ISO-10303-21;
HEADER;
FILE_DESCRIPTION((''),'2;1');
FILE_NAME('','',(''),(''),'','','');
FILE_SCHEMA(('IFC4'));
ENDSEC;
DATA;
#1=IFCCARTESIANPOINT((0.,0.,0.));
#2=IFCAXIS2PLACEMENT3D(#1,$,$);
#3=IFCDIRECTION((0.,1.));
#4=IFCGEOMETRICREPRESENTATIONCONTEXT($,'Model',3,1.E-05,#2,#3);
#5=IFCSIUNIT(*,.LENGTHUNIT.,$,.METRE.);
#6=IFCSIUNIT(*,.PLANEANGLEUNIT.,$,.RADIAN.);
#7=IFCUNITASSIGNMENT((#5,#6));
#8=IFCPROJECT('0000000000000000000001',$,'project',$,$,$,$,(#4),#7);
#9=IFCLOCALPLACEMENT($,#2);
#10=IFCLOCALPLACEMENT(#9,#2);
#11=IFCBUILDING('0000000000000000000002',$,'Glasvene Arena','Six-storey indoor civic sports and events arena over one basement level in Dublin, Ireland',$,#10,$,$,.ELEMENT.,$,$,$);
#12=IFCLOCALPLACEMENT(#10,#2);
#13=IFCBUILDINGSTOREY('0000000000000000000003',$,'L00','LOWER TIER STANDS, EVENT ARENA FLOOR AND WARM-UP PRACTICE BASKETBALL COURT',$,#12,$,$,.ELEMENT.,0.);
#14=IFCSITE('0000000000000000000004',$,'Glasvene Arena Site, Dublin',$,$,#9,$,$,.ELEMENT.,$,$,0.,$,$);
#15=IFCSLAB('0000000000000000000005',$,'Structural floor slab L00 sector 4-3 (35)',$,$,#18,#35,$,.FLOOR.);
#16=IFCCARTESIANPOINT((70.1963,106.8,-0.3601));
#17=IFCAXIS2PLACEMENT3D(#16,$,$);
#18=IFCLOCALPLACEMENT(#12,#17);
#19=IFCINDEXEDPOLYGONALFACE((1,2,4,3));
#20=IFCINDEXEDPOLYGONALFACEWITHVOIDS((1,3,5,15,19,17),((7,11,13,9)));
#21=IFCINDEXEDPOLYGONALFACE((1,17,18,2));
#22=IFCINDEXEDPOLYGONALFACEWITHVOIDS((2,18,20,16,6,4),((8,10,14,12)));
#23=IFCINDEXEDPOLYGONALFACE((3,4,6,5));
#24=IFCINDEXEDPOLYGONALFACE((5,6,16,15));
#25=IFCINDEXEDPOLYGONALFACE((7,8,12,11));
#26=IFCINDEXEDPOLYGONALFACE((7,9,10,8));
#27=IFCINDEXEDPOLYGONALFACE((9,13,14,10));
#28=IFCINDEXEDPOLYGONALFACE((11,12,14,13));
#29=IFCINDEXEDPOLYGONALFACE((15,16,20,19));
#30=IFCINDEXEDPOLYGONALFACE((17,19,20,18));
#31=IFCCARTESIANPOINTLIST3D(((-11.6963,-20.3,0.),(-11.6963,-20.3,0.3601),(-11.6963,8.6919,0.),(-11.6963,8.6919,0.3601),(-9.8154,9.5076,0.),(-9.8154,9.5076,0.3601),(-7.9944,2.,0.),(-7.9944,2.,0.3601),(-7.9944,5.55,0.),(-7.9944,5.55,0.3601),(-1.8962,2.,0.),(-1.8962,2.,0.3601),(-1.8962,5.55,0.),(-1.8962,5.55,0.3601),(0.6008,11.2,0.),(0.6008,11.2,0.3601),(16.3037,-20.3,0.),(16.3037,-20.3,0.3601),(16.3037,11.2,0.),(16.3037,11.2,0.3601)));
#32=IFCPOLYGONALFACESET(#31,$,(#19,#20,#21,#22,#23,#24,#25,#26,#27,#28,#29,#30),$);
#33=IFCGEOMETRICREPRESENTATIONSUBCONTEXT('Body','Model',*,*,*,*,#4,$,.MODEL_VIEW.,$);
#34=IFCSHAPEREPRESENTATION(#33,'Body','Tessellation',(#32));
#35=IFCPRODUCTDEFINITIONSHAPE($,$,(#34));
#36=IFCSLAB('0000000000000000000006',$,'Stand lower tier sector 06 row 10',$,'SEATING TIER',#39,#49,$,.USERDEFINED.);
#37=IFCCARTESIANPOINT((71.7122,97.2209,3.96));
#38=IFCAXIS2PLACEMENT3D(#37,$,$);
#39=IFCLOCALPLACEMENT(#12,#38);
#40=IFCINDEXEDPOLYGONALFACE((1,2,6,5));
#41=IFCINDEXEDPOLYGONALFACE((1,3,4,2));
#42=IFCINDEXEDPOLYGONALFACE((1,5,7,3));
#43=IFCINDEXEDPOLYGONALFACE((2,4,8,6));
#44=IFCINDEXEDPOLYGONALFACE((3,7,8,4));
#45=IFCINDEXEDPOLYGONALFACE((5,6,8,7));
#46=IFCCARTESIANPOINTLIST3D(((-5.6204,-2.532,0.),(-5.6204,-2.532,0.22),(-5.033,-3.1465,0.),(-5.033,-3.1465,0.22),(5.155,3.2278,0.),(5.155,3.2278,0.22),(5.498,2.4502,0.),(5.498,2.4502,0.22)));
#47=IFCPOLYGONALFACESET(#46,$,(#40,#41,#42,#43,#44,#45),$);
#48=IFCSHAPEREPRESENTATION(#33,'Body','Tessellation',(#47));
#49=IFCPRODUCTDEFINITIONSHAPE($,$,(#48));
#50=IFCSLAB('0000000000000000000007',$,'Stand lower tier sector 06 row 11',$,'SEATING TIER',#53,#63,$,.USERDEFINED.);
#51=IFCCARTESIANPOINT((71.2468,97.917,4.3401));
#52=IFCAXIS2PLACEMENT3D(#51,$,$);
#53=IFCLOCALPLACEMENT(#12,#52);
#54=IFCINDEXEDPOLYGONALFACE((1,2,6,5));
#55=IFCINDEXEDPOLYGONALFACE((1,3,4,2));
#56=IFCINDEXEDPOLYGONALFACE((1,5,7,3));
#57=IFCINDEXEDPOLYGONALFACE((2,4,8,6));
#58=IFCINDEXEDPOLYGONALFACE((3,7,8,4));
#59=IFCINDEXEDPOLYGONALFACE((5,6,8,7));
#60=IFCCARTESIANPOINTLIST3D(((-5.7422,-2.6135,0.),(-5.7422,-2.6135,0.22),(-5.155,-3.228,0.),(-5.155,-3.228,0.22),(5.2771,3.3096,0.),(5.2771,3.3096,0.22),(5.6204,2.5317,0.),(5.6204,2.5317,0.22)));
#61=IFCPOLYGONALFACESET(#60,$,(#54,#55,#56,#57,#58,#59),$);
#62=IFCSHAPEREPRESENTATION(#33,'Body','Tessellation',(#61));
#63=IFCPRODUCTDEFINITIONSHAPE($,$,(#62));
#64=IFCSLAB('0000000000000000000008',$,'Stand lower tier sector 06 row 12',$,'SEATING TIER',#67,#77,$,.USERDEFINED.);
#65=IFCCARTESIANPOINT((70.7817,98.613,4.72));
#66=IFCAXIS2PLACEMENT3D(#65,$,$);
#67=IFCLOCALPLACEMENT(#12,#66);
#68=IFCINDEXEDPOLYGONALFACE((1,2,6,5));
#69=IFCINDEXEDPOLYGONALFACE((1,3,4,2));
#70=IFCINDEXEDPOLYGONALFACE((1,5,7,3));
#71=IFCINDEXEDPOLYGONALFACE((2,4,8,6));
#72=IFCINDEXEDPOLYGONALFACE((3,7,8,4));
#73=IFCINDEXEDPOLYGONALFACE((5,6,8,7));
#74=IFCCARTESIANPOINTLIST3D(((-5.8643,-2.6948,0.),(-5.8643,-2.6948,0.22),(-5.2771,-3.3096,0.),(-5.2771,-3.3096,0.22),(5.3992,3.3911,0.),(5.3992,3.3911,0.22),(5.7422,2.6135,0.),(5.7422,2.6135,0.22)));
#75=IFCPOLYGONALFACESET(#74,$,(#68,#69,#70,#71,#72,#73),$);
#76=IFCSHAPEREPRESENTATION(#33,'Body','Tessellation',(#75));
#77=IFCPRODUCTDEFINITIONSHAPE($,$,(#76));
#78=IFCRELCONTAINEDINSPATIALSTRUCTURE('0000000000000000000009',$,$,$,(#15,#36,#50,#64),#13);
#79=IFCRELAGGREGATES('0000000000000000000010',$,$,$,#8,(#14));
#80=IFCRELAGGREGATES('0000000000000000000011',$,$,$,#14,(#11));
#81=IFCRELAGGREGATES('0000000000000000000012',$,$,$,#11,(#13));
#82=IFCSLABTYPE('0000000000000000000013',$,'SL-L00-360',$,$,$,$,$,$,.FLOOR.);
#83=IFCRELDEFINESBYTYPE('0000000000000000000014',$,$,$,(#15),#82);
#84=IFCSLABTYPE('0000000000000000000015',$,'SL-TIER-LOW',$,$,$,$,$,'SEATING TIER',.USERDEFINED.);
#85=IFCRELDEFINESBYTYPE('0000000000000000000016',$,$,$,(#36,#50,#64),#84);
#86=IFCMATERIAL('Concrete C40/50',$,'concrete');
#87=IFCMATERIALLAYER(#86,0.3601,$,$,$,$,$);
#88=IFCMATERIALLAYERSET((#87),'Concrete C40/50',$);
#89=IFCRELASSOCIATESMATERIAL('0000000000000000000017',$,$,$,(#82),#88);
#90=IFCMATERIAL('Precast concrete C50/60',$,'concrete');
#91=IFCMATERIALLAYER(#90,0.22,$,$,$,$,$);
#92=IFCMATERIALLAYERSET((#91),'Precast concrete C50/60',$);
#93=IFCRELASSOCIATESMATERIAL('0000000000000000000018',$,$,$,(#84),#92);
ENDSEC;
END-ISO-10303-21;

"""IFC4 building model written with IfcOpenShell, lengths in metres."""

from ifc_helpers import new_model, si_unit, direction, frame, origin, place, context, subcontext, project, spatial, polyline, outline, extrude, material, layer, layer_set, type_object, element, save


model = new_model("IFC4")

# Units and contexts
model_context = context("Model", 3, precision=1e-05, world=origin(), true_north=direction((0.0, 1.0)))
body_context = subcontext(model_context, "Body", "Model", "MODEL_VIEW")
ifc_project = project(units=[si_unit("LENGTHUNIT", "METRE"), si_unit("PLANEANGLEUNIT", "RADIAN")], contexts=[model_context])

# Site, building, storey
site_placement = place(None, origin())
site = spatial("IfcSite", under=ifc_project, at=site_placement, Name="Glasvene Arena Site, Dublin", CompositionType="ELEMENT", RefElevation=0.0)
building_placement = place(site_placement, origin())
building = spatial("IfcBuilding", under=site, at=building_placement, Name="Glasvene Arena", Description="Six-storey indoor civic sports and events arena over one basement level in Dublin, Ireland", CompositionType="ELEMENT")
storey_placement = place(building_placement, origin())
storey = spatial("IfcBuildingStorey", under=building, at=storey_placement, Name="L00", Description="LOWER TIER STANDS, EVENT ARENA FLOOR AND WARM-UP PRACTICE BASKETBALL COURT", CompositionType="ELEMENT", Elevation=0.0)

# Shared definitions
ifc_material_1 = material(Name="Concrete C40/50", Category="concrete")

# Shared definitions
ifc_material_2 = material(Name="Precast concrete C50/60", Category="concrete")

# Slab
ifc_layer_1 = layer(ifc_material_1, 0.3601)
ifc_layer_set_1 = layer_set([ifc_layer_1], Name="Concrete C40/50")
slab_type_1 = type_object("IfcSlabType", Name="SL-L00-360", PredefinedType="FLOOR", material=ifc_layer_set_1)
slab_1_placement = place(storey_placement, frame((70.1963, 106.8, -0.3601)))
element("IfcSlab", 1, at=slab_1_placement, inside=storey, type_object=slab_type_1, Name="Structural floor slab L00 sector 4-3 (35)", PredefinedType="FLOOR", context=body_context, shape_type="SweptSolid", body=[
    extrude(outline(polyline([(0.6008, 11.2), (16.3037, 11.2), (16.3037, -20.3), (-11.6963, -20.3), (-11.6963, 8.6919), (-9.8154, 9.5076), (0.6008, 11.2)]), holes=[polyline([(-7.9944, 2.0), (-1.8962, 2.0), (-1.8962, 5.55), (-7.9944, 5.55), (-7.9944, 2.0)])]), origin(), (0.0, 0.0, 1.0), 0.3601),
])

# Slabs
ifc_layer_2 = layer(ifc_material_2, 0.22)
ifc_layer_set_2 = layer_set([ifc_layer_2], Name="Precast concrete C50/60")
slab_type_2 = type_object("IfcSlabType", Name="SL-TIER-LOW", ElementType="SEATING TIER", PredefinedType="USERDEFINED", material=ifc_layer_set_2)
slab_2_placement = place(storey_placement, frame((71.7122, 97.2209, 3.96)))
element("IfcSlab", 2, at=slab_2_placement, inside=storey, type_object=slab_type_2, Name="Stand lower tier sector 06 row 10", ObjectType="SEATING TIER", PredefinedType="USERDEFINED", context=body_context, shape_type="SweptSolid", body=[
    extrude(outline(polyline([(5.498, 2.4502), (-5.033, -3.1465), (-5.6204, -2.532), (5.155, 3.2278), (5.498, 2.4502)])), origin(), (0.0, 0.0, 1.0), 0.22),
])
slab_3_placement = place(storey_placement, frame((71.2468, 97.917, 4.3401)))
element("IfcSlab", 3, at=slab_3_placement, inside=storey, type_object=slab_type_2, Name="Stand lower tier sector 06 row 11", ObjectType="SEATING TIER", PredefinedType="USERDEFINED", context=body_context, shape_type="SweptSolid", body=[
    extrude(outline(polyline([(5.6204, 2.5317), (-5.155, -3.228), (-5.7422, -2.6135), (5.2771, 3.3096), (5.6204, 2.5317)])), origin(), (0.0, 0.0, 1.0), 0.22),
])
slab_4_placement = place(storey_placement, frame((70.7817, 98.613, 4.72)))
element("IfcSlab", 4, at=slab_4_placement, inside=storey, type_object=slab_type_2, Name="Stand lower tier sector 06 row 12", ObjectType="SEATING TIER", PredefinedType="USERDEFINED", context=body_context, shape_type="SweptSolid", body=[
    extrude(outline(polyline([(5.7422, 2.6135), (-5.2771, -3.3096), (-5.8643, -2.6948), (5.3992, 3.3911), (5.7422, 2.6135)])), origin(), (0.0, 0.0, 1.0), 0.22),
])

save(model, "model.ifc")
